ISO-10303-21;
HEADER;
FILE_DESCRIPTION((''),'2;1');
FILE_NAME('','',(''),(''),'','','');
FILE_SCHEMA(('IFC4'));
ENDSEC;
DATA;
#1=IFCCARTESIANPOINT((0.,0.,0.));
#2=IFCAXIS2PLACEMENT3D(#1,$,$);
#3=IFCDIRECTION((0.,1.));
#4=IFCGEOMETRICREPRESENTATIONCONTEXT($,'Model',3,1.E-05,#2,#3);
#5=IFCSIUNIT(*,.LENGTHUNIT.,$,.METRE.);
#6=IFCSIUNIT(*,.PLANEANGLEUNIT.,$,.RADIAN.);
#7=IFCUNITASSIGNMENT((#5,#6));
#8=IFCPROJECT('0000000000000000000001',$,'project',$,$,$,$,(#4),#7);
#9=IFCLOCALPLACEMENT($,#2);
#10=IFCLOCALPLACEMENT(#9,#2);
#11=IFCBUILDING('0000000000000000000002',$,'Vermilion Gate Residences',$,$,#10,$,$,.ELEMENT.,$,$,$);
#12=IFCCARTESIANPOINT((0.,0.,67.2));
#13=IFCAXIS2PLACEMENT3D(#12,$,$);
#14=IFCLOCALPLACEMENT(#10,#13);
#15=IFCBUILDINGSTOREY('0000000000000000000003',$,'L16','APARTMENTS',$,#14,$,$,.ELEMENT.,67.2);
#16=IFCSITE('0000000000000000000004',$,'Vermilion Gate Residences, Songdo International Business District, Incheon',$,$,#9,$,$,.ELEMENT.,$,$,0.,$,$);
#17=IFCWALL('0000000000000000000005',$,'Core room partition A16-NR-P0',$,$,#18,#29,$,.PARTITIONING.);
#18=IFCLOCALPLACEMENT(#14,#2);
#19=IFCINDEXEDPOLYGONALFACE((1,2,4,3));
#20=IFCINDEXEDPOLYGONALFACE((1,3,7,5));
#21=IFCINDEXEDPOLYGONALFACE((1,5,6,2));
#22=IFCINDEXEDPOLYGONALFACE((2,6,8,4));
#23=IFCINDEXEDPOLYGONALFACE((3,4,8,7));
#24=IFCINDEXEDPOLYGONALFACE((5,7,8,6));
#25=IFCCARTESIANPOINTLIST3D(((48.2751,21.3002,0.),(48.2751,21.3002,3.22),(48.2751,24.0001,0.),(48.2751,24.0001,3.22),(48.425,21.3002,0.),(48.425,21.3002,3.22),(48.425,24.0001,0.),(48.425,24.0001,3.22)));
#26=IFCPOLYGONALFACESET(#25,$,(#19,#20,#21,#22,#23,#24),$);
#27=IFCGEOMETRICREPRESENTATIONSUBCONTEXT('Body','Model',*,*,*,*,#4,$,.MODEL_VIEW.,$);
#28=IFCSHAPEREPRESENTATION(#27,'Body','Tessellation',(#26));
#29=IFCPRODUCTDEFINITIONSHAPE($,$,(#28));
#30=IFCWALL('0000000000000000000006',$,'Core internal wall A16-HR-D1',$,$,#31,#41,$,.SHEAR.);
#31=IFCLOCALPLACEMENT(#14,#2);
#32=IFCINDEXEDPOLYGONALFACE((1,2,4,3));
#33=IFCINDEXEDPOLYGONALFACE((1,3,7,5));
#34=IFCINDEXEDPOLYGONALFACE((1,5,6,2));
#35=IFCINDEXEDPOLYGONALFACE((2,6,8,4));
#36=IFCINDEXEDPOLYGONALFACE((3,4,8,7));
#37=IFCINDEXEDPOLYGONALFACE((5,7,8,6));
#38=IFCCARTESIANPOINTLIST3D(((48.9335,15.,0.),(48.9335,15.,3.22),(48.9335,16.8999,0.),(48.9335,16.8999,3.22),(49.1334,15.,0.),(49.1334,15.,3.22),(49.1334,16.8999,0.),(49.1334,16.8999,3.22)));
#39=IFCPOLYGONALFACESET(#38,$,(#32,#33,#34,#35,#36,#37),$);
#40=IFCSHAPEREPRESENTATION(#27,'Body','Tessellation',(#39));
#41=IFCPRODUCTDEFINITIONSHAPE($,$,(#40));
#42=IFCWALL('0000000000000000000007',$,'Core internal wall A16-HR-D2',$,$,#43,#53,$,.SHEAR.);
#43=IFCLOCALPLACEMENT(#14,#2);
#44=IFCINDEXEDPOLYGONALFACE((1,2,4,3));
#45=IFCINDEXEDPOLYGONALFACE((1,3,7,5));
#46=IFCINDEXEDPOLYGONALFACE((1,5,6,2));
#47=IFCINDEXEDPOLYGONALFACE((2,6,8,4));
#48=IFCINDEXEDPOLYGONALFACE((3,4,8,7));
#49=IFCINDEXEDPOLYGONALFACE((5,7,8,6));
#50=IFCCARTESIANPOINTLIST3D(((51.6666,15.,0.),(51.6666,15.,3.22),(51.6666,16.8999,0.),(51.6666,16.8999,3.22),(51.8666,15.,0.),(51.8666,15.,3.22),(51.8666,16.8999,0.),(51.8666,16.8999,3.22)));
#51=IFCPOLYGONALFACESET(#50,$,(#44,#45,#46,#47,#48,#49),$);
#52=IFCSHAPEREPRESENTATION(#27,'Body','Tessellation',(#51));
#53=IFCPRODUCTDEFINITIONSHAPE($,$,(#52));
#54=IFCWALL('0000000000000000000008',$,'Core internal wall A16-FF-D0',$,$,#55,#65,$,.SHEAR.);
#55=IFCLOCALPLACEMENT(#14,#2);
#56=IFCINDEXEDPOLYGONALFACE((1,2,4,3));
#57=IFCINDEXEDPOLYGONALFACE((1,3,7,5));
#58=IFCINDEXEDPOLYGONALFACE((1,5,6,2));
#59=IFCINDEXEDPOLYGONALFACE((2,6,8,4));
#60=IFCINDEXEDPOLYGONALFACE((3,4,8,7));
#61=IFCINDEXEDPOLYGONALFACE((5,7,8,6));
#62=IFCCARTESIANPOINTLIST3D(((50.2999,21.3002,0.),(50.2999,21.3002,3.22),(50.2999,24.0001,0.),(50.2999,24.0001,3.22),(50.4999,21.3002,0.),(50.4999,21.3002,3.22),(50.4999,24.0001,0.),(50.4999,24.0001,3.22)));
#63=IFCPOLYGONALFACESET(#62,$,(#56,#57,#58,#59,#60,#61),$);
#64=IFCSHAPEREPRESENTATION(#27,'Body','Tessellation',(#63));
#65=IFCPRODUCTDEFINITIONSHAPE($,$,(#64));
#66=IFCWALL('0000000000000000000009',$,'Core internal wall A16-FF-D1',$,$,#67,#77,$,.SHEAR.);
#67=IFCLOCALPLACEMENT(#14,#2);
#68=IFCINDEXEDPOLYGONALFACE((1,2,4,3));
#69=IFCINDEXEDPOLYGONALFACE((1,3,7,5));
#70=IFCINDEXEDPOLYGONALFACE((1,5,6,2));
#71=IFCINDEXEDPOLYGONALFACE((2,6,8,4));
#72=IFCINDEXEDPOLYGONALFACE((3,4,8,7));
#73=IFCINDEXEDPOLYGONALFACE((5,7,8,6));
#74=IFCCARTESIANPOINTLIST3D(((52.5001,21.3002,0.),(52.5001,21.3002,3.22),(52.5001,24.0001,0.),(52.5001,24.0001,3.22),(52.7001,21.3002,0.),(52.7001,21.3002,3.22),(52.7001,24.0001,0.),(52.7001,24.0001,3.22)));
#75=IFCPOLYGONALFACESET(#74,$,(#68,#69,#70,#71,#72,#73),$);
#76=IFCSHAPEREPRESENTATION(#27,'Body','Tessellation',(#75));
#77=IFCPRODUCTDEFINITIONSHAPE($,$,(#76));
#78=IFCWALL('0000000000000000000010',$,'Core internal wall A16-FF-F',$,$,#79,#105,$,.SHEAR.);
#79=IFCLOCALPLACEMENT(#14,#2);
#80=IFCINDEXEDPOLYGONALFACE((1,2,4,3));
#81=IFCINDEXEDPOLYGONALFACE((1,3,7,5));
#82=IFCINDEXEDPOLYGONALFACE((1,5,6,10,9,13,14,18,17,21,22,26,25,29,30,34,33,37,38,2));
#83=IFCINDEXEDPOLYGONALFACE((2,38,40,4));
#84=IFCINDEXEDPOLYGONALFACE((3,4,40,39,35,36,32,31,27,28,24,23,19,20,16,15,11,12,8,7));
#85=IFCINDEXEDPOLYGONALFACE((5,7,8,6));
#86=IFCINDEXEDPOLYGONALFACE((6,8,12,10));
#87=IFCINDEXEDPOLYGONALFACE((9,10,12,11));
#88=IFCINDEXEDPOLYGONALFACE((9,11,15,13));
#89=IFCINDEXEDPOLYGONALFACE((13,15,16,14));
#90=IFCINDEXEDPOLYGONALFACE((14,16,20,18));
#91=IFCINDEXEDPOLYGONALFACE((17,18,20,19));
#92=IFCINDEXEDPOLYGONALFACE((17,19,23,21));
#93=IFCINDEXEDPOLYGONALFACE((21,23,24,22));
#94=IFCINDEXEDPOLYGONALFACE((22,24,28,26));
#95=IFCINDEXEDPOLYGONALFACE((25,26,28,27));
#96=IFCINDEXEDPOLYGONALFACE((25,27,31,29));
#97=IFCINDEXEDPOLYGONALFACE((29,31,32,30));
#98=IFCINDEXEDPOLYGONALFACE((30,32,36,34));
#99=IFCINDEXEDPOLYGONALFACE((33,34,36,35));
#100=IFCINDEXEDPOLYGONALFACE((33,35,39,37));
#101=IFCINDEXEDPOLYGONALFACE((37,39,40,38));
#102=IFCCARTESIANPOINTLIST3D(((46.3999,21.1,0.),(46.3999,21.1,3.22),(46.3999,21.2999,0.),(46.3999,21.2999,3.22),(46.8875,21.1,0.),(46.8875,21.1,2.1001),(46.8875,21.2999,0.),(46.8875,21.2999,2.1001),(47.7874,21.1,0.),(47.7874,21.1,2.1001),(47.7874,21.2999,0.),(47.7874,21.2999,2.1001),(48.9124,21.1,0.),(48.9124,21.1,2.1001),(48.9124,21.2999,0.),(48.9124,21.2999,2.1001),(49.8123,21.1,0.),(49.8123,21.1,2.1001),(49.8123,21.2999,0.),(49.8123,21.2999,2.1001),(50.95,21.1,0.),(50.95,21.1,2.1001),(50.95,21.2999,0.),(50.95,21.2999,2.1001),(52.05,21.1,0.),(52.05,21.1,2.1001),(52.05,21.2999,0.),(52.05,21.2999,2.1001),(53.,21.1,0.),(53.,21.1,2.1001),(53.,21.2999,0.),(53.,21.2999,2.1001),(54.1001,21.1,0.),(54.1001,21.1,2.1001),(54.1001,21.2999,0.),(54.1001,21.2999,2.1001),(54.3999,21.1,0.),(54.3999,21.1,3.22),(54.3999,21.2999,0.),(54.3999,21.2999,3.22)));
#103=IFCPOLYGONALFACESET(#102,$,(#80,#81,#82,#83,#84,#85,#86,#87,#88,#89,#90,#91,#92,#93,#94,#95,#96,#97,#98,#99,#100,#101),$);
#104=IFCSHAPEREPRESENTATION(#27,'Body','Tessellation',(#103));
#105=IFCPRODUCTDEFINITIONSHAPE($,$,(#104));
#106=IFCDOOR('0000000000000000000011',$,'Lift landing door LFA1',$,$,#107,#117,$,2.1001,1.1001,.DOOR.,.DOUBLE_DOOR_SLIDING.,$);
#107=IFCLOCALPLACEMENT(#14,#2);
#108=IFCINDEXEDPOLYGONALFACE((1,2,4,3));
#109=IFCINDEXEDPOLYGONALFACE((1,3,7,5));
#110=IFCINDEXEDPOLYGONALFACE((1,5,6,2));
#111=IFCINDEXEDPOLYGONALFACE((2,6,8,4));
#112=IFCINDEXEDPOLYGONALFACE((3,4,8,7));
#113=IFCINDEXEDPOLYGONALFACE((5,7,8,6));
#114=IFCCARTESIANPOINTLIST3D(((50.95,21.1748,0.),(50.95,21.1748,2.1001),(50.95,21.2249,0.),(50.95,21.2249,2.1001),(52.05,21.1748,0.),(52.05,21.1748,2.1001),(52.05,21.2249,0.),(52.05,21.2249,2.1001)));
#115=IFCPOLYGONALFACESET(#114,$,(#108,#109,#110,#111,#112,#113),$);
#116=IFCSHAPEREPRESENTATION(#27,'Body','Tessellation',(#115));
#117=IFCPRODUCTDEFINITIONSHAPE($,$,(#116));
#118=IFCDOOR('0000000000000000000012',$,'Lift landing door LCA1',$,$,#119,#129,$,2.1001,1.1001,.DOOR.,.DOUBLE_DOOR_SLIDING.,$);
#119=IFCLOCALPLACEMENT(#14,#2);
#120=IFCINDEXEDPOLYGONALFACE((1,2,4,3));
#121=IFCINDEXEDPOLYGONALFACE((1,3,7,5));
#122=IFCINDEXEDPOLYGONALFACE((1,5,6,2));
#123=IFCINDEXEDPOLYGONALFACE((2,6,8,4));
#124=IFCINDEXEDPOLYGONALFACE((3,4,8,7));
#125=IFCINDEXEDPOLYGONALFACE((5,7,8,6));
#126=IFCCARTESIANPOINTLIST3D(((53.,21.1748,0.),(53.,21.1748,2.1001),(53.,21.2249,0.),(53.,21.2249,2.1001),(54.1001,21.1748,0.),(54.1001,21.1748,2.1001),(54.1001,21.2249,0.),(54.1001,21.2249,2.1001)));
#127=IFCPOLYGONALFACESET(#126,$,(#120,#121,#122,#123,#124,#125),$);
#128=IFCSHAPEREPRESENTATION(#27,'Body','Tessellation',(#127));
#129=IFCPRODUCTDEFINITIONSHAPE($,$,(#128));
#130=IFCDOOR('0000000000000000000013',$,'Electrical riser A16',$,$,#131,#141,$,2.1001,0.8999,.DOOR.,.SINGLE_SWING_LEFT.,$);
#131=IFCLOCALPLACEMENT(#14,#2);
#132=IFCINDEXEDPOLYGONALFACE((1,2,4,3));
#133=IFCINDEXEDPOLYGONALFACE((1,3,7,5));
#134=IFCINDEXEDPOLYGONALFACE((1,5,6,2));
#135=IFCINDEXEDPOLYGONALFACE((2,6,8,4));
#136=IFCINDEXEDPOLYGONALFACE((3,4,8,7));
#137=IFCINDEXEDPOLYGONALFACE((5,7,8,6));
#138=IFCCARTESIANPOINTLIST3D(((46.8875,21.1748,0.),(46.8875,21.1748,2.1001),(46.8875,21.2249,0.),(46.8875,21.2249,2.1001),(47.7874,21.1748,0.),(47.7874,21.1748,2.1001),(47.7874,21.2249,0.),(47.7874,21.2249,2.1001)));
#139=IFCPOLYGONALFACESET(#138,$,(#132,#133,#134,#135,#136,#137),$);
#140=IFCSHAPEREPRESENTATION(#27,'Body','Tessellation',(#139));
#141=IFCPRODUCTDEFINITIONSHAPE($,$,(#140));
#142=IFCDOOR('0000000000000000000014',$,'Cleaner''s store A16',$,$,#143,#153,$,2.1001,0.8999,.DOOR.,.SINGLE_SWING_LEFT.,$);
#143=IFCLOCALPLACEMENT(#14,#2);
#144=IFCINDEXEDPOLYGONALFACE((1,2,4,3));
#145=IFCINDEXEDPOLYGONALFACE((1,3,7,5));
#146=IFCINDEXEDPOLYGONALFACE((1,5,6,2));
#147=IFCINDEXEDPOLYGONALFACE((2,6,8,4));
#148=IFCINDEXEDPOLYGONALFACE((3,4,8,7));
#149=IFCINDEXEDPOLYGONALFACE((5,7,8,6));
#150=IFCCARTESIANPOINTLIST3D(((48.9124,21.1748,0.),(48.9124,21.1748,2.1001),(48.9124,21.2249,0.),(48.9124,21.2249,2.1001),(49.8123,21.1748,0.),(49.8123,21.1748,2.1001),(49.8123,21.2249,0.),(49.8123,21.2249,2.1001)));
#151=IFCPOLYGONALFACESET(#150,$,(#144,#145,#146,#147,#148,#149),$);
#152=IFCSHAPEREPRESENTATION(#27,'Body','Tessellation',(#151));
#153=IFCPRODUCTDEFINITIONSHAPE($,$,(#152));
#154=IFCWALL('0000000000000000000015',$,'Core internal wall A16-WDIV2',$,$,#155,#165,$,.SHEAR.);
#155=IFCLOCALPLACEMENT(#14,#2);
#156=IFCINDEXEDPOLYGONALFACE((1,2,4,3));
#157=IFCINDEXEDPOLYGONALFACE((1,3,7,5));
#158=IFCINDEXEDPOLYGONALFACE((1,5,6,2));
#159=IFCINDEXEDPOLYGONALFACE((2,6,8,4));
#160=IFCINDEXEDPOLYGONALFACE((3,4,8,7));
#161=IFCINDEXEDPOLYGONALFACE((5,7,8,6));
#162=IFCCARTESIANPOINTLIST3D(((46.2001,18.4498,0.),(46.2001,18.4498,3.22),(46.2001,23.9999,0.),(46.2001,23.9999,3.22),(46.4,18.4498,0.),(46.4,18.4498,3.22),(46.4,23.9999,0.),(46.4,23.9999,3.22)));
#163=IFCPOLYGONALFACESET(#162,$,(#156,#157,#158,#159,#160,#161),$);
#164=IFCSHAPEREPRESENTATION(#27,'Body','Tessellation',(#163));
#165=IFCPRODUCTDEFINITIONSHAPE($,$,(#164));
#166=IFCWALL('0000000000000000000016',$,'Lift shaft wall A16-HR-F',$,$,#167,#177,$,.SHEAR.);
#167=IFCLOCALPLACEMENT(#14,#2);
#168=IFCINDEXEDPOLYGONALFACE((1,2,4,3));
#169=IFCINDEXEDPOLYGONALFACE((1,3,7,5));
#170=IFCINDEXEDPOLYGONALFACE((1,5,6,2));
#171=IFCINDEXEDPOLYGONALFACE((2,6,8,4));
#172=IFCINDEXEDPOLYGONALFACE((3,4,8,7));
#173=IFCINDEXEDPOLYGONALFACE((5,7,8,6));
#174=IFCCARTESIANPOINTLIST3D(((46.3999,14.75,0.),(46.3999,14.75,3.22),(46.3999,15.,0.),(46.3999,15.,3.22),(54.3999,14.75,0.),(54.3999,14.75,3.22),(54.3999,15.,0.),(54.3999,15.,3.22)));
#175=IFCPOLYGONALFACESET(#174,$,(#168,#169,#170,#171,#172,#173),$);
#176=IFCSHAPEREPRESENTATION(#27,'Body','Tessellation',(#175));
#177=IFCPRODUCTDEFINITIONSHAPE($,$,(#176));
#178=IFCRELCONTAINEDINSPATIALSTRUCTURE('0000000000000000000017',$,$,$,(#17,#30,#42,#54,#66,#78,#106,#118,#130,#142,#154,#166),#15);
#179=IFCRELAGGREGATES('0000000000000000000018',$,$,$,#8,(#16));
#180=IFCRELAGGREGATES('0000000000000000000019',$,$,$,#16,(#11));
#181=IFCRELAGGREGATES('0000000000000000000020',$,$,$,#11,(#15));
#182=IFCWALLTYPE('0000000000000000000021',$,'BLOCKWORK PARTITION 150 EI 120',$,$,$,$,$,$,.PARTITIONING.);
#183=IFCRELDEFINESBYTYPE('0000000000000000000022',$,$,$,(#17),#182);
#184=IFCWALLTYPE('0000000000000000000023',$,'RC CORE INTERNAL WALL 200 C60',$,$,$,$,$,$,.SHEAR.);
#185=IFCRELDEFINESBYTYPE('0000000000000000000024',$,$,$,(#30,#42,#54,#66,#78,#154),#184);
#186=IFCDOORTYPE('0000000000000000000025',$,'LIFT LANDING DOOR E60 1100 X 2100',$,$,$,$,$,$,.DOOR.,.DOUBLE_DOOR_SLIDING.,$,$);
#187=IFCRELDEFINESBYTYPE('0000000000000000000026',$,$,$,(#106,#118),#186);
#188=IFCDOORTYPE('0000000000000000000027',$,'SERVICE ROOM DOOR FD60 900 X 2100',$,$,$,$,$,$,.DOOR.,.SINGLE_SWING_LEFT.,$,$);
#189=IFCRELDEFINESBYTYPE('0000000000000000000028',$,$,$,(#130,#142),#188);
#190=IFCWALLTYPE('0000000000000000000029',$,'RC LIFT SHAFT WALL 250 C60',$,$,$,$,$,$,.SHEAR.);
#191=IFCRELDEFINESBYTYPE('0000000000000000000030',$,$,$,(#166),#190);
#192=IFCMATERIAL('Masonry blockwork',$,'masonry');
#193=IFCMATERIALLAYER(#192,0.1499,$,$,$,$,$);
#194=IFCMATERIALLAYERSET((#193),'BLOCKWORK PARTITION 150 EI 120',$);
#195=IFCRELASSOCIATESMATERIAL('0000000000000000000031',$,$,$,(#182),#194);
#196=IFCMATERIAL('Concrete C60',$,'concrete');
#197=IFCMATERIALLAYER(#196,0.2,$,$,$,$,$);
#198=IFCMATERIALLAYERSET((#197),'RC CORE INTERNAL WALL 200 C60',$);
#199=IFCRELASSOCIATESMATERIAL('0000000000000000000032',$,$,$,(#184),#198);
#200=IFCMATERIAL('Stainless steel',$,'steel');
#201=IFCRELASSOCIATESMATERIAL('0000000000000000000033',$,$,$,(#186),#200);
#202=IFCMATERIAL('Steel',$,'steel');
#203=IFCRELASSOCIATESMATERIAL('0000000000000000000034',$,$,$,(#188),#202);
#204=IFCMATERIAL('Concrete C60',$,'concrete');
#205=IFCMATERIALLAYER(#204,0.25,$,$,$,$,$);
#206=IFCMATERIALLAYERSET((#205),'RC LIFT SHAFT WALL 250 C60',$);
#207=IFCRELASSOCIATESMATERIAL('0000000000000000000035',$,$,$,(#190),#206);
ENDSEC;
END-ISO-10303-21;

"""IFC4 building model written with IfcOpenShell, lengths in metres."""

from ifc_helpers import new_model, si_unit, direction, frame, frame_2d, origin, place, context, subcontext, project, spatial, rectangle, extrude, material, layer, layer_set, type_object, element, fill, save


model = new_model("IFC4")

# Units and contexts
model_context = context("Model", 3, precision=1e-05, world=origin(), true_north=direction((0.0, 1.0)))
body_context = subcontext(model_context, "Body", "Model", "MODEL_VIEW")
ifc_project = project(units=[si_unit("LENGTHUNIT", "METRE"), si_unit("PLANEANGLEUNIT", "RADIAN")], contexts=[model_context])

# Site, building, storey
site_placement = place(None, origin())
site = spatial("IfcSite", under=ifc_project, at=site_placement, Name="Vermilion Gate Residences, Songdo International Business District, Incheon", CompositionType="ELEMENT", RefElevation=0.0)
building_placement = place(site_placement, origin())
building = spatial("IfcBuilding", under=site, at=building_placement, Name="Vermilion Gate Residences", CompositionType="ELEMENT")
storey_placement = place(building_placement, frame((0.0, 0.0, 67.2)))
storey = spatial("IfcBuildingStorey", under=building, at=storey_placement, Name="L16", Description="APARTMENTS", CompositionType="ELEMENT", Elevation=67.2)

# Walls
ifc_material_1 = material(Name="Masonry blockwork", Category="masonry")
ifc_layer_1 = layer(ifc_material_1, 0.1499)
ifc_layer_set_1 = layer_set([ifc_layer_1], Name="BLOCKWORK PARTITION 150 EI 120")
wall_type_1 = type_object("IfcWallType", Name="BLOCKWORK PARTITION 150 EI 120", PredefinedType="PARTITIONING", material=ifc_layer_set_1)
wall_1_placement = place(storey_placement, frame((48.3501, 21.3, 0.0), z_axis=(0.0, 0.0, 1.0), x_axis=(0.0, 1.0, 0.0)))
element("IfcWall", 1, at=wall_1_placement, inside=storey, type_object=wall_type_1, Name="Core room partition A16-NR-P0", PredefinedType="PARTITIONING", context=body_context, shape_type="SweptSolid", body=[
    extrude(rectangle(XDim=2.7, YDim=0.1499, at=frame_2d((1.3501, 0.0))), origin(), (0.0, 0.0, 1.0), 3.22),
])
ifc_material_2 = material(Name="Concrete C60", Category="concrete")
ifc_layer_2 = layer(ifc_material_2, 0.2)
ifc_layer_set_2 = layer_set([ifc_layer_2], Name="RC CORE INTERNAL WALL 200 C60")
wall_type_2 = type_object("IfcWallType", Name="RC CORE INTERNAL WALL 200 C60", PredefinedType="SHEAR", material=ifc_layer_set_2)
for number, where, z_axis, x_axis, name in (
    (2, (49.0334, 15.0, 0.0), (0.0, 0.0, 1.0), (0.0, 1.0, 0.0), "Core internal wall A16-HR-D1"),
    (3, (51.7666, 15.0, 0.0), (0.0, 0.0, 1.0), (0.0, 1.0, 0.0), "Core internal wall A16-HR-D2"),
):
    element("IfcWall", number, at=place(storey_placement, frame(where, z_axis=z_axis, x_axis=x_axis)), inside=storey, type_object=wall_type_2, Name=name, PredefinedType="SHEAR", context=body_context, shape_type="SweptSolid", body=[
        extrude(rectangle(XDim=1.8999, YDim=0.2, at=frame_2d((0.95, 0.0))), origin(), (0.0, 0.0, 1.0), 3.22),
    ])
for number, where, z_axis, x_axis, name in (
    (4, (50.3999, 21.3, 0.0), (0.0, 0.0, 1.0), (0.0, 1.0, 0.0), "Core internal wall A16-FF-D0"),
    (5, (52.6001, 21.3, 0.0), (0.0, 0.0, 1.0), (0.0, 1.0, 0.0), "Core internal wall A16-FF-D1"),
):
    element("IfcWall", number, at=place(storey_placement, frame(where, z_axis=z_axis, x_axis=x_axis)), inside=storey, type_object=wall_type_2, Name=name, PredefinedType="SHEAR", context=body_context, shape_type="SweptSolid", body=[
        extrude(rectangle(XDim=2.7, YDim=0.2, at=frame_2d((1.3501, 0.0))), origin(), (0.0, 0.0, 1.0), 3.22),
    ])

# Wall, openings, doors
wall_2_placement = place(storey_placement, frame((46.3999, 21.2, 0.0), z_axis=(0.0, 0.0, 1.0), x_axis=(1.0, 0.0, 0.0)))
wall_2 = element("IfcWall", 6, at=wall_2_placement, inside=storey, type_object=wall_type_2, Name="Core internal wall A16-FF-F", PredefinedType="SHEAR", context=body_context, shape_type="SweptSolid", body=[
    extrude(rectangle(XDim=8.0, YDim=0.2, at=frame_2d((4.0, 0.0))), origin(), (0.0, 0.0, 1.0), 3.22),
])
opening_1_placement = place(wall_2_placement, frame((0.4875, 0.0, 0.0)))
opening_1 = element("IfcOpeningElement", 7, at=opening_1_placement, cuts=wall_2, PredefinedType="OPENING", context=body_context, shape_type="SweptSolid", body=[
    extrude(rectangle(XDim=0.8999, YDim=2.1001, at=frame_2d((0.45, 1.05))), frame((0.0, 0.1099, 0.0), z_axis=(0.0, -1.0, 0.0), x_axis=(1.0, 0.0, 0.0)), (0.0, 0.0, 1.0), 0.22),
])
opening_2_placement = place(wall_2_placement, frame((2.5125, 0.0, 0.0)))
opening_2 = element("IfcOpeningElement", 8, at=opening_2_placement, cuts=wall_2, PredefinedType="OPENING", context=body_context, shape_type="SweptSolid", body=[
    extrude(rectangle(XDim=0.8999, YDim=2.1001, at=frame_2d((0.45, 1.05))), frame((0.0, 0.1099, 0.0), z_axis=(0.0, -1.0, 0.0), x_axis=(1.0, 0.0, 0.0)), (0.0, 0.0, 1.0), 0.22),
])
opening_3_placement = place(wall_2_placement, frame((4.55, 0.0, 0.0)))
opening_3 = element("IfcOpeningElement", 9, at=opening_3_placement, cuts=wall_2, PredefinedType="OPENING", context=body_context, shape_type="SweptSolid", body=[
    extrude(rectangle(XDim=1.1001, YDim=2.1001, at=frame_2d((0.55, 1.05))), frame((0.0, 0.1099, 0.0), z_axis=(0.0, -1.0, 0.0), x_axis=(1.0, 0.0, 0.0)), (0.0, 0.0, 1.0), 0.22),
])
opening_4_placement = place(wall_2_placement, frame((6.6001, 0.0, 0.0)))
opening_4 = element("IfcOpeningElement", 10, at=opening_4_placement, cuts=wall_2, PredefinedType="OPENING", context=body_context, shape_type="SweptSolid", body=[
    extrude(rectangle(XDim=1.1001, YDim=2.1001, at=frame_2d((0.55, 1.05))), frame((0.0, 0.1099, 0.0), z_axis=(0.0, -1.0, 0.0), x_axis=(1.0, 0.0, 0.0)), (0.0, 0.0, 1.0), 0.22),
])
ifc_material_3 = material(Name="Stainless steel", Category="steel")
door_type_1 = type_object("IfcDoorType", Name="LIFT LANDING DOOR E60 1100 X 2100", OperationType="DOUBLE_DOOR_SLIDING", PredefinedType="DOOR", material=ifc_material_3)
door_1_placement = place(opening_3_placement, origin())
door_1 = element("IfcDoor", 11, at=door_1_placement, inside=storey, type_object=door_type_1, Name="Lift landing door LFA1", OperationType="DOUBLE_DOOR_SLIDING", OverallHeight=2.1001, OverallWidth=1.1001, PredefinedType="DOOR", context=body_context, shape_type="SweptSolid", body=[
    extrude(rectangle(XDim=1.1001, YDim=2.1001, at=frame_2d((0.55, 1.05))), frame((0.0, 0.0249, 0.0), z_axis=(0.0, -1.0, 0.0), x_axis=(1.0, 0.0, 0.0)), (0.0, 0.0, 1.0), 0.05),
])
fill(opening_3, door_1)
door_2_placement = place(opening_4_placement, origin())
door_2 = element("IfcDoor", 12, at=door_2_placement, inside=storey, type_object=door_type_1, Name="Lift landing door LCA1", OperationType="DOUBLE_DOOR_SLIDING", OverallHeight=2.1001, OverallWidth=1.1001, PredefinedType="DOOR", context=body_context, shape_type="SweptSolid", body=[
    extrude(rectangle(XDim=1.1001, YDim=2.1001, at=frame_2d((0.55, 1.05))), frame((0.0, 0.0249, 0.0), z_axis=(0.0, -1.0, 0.0), x_axis=(1.0, 0.0, 0.0)), (0.0, 0.0, 1.0), 0.05),
])
fill(opening_4, door_2)
ifc_material_4 = material(Name="Steel", Category="steel")
door_type_2 = type_object("IfcDoorType", Name="SERVICE ROOM DOOR FD60 900 X 2100", OperationType="SINGLE_SWING_LEFT", PredefinedType="DOOR", material=ifc_material_4)
door_3_placement = place(opening_1_placement, origin())
door_3 = element("IfcDoor", 13, at=door_3_placement, inside=storey, type_object=door_type_2, Name="Electrical riser A16", OperationType="SINGLE_SWING_LEFT", OverallHeight=2.1001, OverallWidth=0.8999, PredefinedType="DOOR", context=body_context, shape_type="SweptSolid", body=[
    extrude(rectangle(XDim=0.8999, YDim=2.1001, at=frame_2d((0.45, 1.05))), frame((0.0, 0.0249, 0.0), z_axis=(0.0, -1.0, 0.0), x_axis=(1.0, 0.0, 0.0)), (0.0, 0.0, 1.0), 0.05),
])
fill(opening_1, door_3)
door_4_placement = place(opening_2_placement, origin())
door_4 = element("IfcDoor", 14, at=door_4_placement, inside=storey, type_object=door_type_2, Name="Cleaner's store A16", OperationType="SINGLE_SWING_LEFT", OverallHeight=2.1001, OverallWidth=0.8999, PredefinedType="DOOR", context=body_context, shape_type="SweptSolid", body=[
    extrude(rectangle(XDim=0.8999, YDim=2.1001, at=frame_2d((0.45, 1.05))), frame((0.0, 0.0249, 0.0), z_axis=(0.0, -1.0, 0.0), x_axis=(1.0, 0.0, 0.0)), (0.0, 0.0, 1.0), 0.05),
])
fill(opening_2, door_4)

# Walls
wall_3_placement = place(storey_placement, frame((46.3, 18.45, 0.0), z_axis=(0.0, 0.0, 1.0), x_axis=(0.0, 1.0, 0.0)))
element("IfcWall", 15, at=wall_3_placement, inside=storey, type_object=wall_type_2, Name="Core internal wall A16-WDIV2", PredefinedType="SHEAR", context=body_context, shape_type="SweptSolid", body=[
    extrude(rectangle(XDim=5.55, YDim=0.2, at=frame_2d((2.7749, 0.0))), origin(), (0.0, 0.0, 1.0), 3.22),
])
ifc_material_5 = material(Name="Concrete C60", Category="concrete")
ifc_layer_3 = layer(ifc_material_5, 0.25)
ifc_layer_set_3 = layer_set([ifc_layer_3], Name="RC LIFT SHAFT WALL 250 C60")
wall_type_3 = type_object("IfcWallType", Name="RC LIFT SHAFT WALL 250 C60", PredefinedType="SHEAR", material=ifc_layer_set_3)
for number, where, z_axis, x_axis, name in (
    (16, (46.3999, 14.875, 0.0), (0.0, 0.0, 1.0), (1.0, 0.0, 0.0), "Lift shaft wall A16-HR-F"),
):
    element("IfcWall", number, at=place(storey_placement, frame(where, z_axis=z_axis, x_axis=x_axis)), inside=storey, type_object=wall_type_3, Name=name, PredefinedType="SHEAR", context=body_context, shape_type="SweptSolid", body=[
        extrude(rectangle(XDim=8.0, YDim=0.25, at=frame_2d((4.0, 0.0))), origin(), (0.0, 0.0, 1.0), 3.22),
    ])

save(model, "model.ifc")
